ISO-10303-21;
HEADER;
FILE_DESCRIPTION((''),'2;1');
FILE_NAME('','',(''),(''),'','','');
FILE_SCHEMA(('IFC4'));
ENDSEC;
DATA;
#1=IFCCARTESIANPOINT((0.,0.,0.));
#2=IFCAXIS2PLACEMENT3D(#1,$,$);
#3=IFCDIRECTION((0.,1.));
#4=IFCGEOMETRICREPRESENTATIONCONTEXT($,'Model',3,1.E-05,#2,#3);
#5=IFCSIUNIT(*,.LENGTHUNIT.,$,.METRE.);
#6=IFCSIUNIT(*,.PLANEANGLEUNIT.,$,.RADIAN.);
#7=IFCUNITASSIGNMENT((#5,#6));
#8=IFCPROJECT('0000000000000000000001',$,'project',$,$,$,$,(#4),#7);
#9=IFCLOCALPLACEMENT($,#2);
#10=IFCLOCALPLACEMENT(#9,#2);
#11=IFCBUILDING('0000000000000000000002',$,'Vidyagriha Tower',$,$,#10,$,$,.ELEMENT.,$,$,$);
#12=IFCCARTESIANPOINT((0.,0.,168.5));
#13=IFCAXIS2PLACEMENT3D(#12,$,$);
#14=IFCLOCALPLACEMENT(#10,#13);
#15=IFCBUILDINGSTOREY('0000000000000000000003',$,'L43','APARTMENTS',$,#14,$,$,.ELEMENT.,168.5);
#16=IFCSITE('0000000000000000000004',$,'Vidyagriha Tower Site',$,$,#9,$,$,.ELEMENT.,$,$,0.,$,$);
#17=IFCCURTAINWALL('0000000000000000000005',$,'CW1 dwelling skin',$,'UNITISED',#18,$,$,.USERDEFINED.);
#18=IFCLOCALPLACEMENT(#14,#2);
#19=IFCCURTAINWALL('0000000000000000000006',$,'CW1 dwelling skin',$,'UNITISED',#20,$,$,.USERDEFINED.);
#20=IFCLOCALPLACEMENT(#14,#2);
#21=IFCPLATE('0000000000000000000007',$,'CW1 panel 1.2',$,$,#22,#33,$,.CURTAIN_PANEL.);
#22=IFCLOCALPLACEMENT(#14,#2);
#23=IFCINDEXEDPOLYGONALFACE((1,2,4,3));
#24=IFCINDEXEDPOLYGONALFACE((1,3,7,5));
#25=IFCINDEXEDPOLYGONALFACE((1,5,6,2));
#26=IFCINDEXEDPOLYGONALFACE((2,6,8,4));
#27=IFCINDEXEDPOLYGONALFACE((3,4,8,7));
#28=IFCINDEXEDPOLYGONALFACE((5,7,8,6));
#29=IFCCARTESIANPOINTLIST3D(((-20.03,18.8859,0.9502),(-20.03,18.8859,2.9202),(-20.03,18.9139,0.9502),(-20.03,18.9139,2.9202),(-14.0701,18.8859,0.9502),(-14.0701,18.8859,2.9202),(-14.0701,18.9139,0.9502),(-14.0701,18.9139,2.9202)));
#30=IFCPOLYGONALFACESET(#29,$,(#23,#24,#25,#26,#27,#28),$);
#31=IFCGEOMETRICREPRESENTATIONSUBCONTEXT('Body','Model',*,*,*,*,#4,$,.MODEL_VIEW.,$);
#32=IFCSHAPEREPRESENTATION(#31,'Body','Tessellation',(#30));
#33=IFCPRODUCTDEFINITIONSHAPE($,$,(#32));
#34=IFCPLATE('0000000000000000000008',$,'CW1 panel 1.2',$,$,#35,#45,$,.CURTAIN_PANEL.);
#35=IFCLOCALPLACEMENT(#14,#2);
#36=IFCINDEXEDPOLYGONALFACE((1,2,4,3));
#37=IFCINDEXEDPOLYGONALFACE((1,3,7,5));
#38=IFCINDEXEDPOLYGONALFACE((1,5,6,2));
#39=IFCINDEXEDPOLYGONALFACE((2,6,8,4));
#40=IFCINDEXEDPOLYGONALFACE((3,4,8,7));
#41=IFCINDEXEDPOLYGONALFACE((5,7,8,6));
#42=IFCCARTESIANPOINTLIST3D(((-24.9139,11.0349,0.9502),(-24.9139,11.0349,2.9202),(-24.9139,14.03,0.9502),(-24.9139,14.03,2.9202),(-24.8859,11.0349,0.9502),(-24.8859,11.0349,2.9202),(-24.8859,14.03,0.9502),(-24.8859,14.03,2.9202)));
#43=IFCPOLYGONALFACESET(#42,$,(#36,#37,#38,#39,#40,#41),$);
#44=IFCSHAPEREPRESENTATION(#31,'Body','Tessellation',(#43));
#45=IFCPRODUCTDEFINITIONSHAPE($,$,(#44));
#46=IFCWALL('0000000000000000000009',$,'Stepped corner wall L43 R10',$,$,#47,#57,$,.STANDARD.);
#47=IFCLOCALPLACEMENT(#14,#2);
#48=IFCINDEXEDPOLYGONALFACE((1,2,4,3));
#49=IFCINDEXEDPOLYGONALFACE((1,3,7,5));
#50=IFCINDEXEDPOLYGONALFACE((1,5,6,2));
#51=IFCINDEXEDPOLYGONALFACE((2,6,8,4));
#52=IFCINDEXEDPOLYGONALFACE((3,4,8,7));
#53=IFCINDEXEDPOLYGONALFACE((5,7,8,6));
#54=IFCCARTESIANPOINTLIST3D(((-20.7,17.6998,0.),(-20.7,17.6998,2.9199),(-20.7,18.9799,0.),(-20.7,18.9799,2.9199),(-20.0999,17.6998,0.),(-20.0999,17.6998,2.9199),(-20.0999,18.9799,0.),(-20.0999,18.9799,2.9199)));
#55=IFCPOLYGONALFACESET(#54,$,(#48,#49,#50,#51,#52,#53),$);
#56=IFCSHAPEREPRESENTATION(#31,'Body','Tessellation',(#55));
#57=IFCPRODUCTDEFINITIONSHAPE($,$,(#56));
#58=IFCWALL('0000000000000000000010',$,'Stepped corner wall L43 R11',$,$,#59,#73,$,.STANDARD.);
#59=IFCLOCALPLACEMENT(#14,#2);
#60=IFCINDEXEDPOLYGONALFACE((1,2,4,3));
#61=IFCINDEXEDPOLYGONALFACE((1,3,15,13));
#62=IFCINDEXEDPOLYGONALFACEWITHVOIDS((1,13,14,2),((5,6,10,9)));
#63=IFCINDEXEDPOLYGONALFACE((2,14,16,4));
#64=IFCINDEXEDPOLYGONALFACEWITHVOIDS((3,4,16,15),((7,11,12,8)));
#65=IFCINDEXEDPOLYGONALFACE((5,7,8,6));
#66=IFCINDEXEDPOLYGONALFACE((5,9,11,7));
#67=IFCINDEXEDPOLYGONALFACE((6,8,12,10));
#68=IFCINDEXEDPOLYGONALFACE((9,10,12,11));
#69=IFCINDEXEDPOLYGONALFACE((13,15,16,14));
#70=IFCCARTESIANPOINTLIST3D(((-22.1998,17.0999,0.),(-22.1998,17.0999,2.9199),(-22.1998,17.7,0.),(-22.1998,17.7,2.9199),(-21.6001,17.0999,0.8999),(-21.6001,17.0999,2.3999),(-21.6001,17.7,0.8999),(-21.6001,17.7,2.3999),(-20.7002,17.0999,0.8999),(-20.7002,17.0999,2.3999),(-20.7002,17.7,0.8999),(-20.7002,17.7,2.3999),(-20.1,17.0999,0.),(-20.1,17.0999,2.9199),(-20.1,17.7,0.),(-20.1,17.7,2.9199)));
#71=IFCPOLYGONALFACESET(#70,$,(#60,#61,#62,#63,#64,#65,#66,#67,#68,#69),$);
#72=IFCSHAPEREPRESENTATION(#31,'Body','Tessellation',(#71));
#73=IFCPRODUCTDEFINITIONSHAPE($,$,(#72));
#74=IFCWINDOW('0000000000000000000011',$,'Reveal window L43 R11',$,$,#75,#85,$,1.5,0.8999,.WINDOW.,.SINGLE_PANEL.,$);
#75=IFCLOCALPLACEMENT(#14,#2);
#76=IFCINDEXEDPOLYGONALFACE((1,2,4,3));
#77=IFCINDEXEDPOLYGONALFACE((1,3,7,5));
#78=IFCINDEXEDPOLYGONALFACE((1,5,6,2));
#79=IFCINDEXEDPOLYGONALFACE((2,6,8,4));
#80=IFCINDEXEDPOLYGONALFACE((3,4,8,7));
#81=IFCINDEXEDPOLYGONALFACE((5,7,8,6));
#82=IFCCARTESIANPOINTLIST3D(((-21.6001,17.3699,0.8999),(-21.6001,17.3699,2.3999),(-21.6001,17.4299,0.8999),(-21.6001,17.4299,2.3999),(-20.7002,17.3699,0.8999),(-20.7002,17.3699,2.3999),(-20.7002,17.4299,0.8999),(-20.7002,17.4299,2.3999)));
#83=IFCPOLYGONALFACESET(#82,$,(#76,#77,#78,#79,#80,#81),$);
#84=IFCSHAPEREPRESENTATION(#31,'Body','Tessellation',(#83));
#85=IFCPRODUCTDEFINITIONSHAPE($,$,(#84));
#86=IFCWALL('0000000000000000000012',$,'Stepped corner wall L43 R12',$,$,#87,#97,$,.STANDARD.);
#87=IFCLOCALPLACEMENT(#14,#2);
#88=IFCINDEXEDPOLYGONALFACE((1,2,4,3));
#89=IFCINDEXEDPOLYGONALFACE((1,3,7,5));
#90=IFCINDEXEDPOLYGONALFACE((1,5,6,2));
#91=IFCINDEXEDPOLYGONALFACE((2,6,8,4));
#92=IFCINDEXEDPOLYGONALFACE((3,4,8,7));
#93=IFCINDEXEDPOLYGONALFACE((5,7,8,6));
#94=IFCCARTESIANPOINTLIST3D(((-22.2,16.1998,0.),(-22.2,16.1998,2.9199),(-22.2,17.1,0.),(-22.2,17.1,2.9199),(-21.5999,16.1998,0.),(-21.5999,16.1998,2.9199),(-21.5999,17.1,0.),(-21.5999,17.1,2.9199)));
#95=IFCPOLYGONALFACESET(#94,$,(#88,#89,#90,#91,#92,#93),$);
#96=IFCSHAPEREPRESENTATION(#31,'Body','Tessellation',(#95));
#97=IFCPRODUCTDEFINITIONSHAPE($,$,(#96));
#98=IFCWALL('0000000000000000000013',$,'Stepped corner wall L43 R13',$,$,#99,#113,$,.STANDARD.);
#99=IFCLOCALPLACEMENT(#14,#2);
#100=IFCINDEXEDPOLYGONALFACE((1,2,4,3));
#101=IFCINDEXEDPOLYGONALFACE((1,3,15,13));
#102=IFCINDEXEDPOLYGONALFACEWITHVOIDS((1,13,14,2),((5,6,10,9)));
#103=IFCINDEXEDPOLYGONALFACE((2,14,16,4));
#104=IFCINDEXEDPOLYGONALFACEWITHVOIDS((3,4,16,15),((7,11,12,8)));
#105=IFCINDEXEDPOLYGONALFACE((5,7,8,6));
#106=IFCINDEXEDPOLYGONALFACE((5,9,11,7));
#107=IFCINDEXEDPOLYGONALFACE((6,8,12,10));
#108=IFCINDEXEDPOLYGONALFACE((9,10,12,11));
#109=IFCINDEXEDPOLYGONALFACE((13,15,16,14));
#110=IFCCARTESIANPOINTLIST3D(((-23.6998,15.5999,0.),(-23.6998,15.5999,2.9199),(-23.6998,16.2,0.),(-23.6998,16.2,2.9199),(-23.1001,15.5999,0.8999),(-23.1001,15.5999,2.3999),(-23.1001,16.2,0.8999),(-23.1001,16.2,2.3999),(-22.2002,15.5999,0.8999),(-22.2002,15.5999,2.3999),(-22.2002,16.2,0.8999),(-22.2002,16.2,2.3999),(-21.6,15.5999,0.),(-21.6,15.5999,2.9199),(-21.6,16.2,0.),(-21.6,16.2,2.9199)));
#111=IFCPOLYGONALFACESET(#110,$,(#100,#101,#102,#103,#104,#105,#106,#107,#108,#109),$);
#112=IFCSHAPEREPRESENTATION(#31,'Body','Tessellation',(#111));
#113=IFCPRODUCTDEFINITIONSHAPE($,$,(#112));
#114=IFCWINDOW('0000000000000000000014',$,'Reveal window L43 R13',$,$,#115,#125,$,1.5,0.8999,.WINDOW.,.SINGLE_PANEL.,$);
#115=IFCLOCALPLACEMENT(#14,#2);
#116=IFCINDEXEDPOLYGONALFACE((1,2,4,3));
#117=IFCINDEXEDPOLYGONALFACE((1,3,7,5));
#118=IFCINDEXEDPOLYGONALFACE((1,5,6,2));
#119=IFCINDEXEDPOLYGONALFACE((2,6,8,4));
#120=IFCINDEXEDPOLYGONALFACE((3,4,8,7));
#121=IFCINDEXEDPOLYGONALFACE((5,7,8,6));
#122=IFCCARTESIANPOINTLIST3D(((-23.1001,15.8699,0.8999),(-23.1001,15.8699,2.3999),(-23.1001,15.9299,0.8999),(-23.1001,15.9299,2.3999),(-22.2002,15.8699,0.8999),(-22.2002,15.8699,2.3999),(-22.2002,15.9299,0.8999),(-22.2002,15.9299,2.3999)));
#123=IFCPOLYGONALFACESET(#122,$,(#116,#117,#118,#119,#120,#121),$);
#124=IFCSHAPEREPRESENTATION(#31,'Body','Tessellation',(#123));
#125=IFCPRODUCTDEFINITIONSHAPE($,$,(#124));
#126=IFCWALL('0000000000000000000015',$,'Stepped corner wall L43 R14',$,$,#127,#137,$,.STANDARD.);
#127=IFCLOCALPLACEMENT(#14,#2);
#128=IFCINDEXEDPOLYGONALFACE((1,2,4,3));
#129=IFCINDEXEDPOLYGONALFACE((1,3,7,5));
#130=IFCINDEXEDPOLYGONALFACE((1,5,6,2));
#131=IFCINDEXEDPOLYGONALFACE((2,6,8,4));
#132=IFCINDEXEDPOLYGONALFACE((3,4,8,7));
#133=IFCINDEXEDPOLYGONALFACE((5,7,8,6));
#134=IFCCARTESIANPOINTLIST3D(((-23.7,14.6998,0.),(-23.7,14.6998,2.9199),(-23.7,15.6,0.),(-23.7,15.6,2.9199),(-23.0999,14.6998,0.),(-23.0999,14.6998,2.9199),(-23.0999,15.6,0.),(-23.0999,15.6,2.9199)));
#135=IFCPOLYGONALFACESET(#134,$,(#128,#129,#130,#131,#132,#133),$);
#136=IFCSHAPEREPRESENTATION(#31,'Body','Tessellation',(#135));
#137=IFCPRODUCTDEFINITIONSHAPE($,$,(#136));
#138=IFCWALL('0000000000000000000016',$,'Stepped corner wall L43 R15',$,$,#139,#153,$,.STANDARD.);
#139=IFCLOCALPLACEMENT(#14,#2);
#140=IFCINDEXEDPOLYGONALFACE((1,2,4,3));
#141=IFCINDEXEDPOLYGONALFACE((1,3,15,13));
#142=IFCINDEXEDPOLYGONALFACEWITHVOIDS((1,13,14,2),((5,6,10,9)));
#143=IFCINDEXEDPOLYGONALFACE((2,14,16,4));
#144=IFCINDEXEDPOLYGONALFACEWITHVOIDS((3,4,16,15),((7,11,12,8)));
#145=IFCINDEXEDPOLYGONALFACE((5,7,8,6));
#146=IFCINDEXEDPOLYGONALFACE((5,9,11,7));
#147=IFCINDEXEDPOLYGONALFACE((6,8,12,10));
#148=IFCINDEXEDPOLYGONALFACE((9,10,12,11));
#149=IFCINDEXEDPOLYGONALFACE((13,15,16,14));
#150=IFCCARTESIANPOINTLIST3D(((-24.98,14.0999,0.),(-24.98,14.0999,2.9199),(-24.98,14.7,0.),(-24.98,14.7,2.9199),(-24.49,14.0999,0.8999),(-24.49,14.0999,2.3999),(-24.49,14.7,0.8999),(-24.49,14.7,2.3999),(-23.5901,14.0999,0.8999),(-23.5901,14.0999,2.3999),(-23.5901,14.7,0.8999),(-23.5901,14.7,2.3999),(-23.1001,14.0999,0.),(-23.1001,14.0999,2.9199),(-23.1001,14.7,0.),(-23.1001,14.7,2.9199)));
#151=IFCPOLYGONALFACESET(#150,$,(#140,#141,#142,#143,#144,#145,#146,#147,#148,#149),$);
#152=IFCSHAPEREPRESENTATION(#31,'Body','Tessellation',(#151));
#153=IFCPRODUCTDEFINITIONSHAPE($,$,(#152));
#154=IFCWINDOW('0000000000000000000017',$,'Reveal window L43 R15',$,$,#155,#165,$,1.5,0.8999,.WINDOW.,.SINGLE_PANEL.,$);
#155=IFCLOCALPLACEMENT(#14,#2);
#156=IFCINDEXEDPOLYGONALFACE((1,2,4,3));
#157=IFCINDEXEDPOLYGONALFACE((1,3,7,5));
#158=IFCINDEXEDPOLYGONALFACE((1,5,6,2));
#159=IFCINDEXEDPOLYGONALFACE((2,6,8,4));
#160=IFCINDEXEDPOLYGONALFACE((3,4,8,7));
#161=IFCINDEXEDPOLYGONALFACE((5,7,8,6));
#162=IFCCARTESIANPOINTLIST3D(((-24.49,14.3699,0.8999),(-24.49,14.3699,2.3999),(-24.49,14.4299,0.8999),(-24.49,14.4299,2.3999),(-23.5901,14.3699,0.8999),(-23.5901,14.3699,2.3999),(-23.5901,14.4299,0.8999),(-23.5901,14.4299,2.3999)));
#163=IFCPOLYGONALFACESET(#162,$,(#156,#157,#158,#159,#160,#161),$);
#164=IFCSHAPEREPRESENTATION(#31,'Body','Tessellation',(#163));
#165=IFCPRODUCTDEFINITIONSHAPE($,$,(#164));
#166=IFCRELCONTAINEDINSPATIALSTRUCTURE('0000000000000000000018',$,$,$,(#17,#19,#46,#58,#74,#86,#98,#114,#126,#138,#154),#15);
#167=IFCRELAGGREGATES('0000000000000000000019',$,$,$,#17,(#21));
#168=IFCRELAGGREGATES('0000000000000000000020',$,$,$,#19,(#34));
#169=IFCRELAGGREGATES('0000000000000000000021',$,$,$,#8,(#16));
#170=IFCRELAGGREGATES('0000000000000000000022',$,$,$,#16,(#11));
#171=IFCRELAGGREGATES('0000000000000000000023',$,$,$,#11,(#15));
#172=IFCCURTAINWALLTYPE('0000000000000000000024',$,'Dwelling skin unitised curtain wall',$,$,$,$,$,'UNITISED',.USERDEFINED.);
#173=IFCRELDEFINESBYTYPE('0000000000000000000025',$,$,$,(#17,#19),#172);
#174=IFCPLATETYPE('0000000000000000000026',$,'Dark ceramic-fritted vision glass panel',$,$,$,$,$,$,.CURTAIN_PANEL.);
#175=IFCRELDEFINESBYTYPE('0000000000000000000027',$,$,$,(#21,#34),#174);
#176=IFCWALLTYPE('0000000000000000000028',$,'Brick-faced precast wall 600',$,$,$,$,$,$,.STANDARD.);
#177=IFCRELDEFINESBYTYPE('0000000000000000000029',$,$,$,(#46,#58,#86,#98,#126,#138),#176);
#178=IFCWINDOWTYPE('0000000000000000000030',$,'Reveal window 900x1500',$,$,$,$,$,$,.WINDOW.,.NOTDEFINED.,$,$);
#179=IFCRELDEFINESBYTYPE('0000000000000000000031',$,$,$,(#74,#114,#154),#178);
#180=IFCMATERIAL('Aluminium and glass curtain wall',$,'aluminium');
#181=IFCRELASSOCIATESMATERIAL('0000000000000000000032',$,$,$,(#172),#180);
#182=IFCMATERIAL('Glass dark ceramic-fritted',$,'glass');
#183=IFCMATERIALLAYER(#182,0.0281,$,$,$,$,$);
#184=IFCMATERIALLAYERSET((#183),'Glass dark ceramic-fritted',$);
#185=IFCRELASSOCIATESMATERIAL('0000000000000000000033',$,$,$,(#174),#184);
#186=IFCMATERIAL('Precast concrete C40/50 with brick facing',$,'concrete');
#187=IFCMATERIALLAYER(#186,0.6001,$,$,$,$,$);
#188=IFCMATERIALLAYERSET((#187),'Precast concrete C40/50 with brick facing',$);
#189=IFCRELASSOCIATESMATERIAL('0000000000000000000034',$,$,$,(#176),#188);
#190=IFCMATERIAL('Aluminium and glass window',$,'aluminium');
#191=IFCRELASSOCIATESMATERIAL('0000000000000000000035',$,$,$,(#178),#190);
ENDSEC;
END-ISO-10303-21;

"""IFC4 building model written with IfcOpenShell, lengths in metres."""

from ifc_helpers import new_model, si_unit, direction, frame, frame_2d, origin, origin_2d, place, context, subcontext, project, spatial, rectangle, extrude, material, layer, layer_set, type_object, element, fill, aggregate, save


model = new_model("IFC4")

# Units and contexts
model_context = context("Model", 3, precision=1e-05, world=origin(), true_north=direction((0.0, 1.0)))
body_context = subcontext(model_context, "Body", "Model", "MODEL_VIEW")
ifc_project = project(units=[si_unit("LENGTHUNIT", "METRE"), si_unit("PLANEANGLEUNIT", "RADIAN")], contexts=[model_context])

# Site, building, storey
site_placement = place(None, origin())
site = spatial("IfcSite", under=ifc_project, at=site_placement, Name="Vidyagriha Tower Site", CompositionType="ELEMENT", RefElevation=0.0)
building_placement = place(site_placement, origin())
building = spatial("IfcBuilding", under=site, at=building_placement, Name="Vidyagriha Tower", CompositionType="ELEMENT")
storey_placement = place(building_placement, frame((0.0, 0.0, 168.5)))
storey = spatial("IfcBuildingStorey", under=building, at=storey_placement, Name="L43", Description="APARTMENTS", CompositionType="ELEMENT", Elevation=168.5)

# Curtain wall
ifc_material_1 = material(Name="Aluminium and glass curtain wall", Category="aluminium")
curtain_wall_type = type_object("IfcCurtainWallType", Name="Dwelling skin unitised curtain wall", ElementType="UNITISED", PredefinedType="USERDEFINED", material=ifc_material_1)
curtain_wall_1_placement = place(storey_placement, origin())
curtain_wall_1 = element("IfcCurtainWall", 1, at=curtain_wall_1_placement, inside=storey, type_object=curtain_wall_type, Name="CW1 dwelling skin", ObjectType="UNITISED", PredefinedType="USERDEFINED")

# Curtain wall
curtain_wall_2_placement = place(storey_placement, origin())
curtain_wall_2 = element("IfcCurtainWall", 2, at=curtain_wall_2_placement, inside=storey, type_object=curtain_wall_type, Name="CW1 dwelling skin", ObjectType="UNITISED", PredefinedType="USERDEFINED")

# Plates
ifc_material_2 = material(Name="Glass dark ceramic-fritted", Category="glass")
ifc_layer_1 = layer(ifc_material_2, 0.0281)
ifc_layer_set_1 = layer_set([ifc_layer_1], Name="Glass dark ceramic-fritted")
plate_type_1 = type_object("IfcPlateType", Name="Dark ceramic-fritted vision glass panel", PredefinedType="CURTAIN_PANEL", material=ifc_layer_set_1)
plate_1_placement = place(storey_placement, frame((-17.05, 18.8999, 0.9502), z_axis=(0.0, 0.0, 1.0), x_axis=(-1.0, 0.0, 0.0)))
plate_1 = element("IfcPlate", 3, at=plate_1_placement, type_object=plate_type_1, Name="CW1 panel 1.2", PredefinedType="CURTAIN_PANEL", context=body_context, shape_type="SweptSolid", body=[
    extrude(rectangle(XDim=5.96, YDim=0.0281, at=origin_2d()), origin(), (0.0, 0.0, 1.0), 1.97),
])
aggregate(curtain_wall_1, [plate_1])
plate_2_placement = place(storey_placement, frame((-24.8999, 12.5325, 0.9502), z_axis=(0.0, 0.0, 1.0), x_axis=(0.0, -1.0, 0.0)))
plate_2 = element("IfcPlate", 4, at=plate_2_placement, type_object=plate_type_1, Name="CW1 panel 1.2", PredefinedType="CURTAIN_PANEL", context=body_context, shape_type="SweptSolid", body=[
    extrude(rectangle(XDim=2.9951, YDim=0.0281, at=origin_2d()), origin(), (0.0, 0.0, 1.0), 1.97),
])
aggregate(curtain_wall_2, [plate_2])

# Wall
ifc_material_3 = material(Name="Precast concrete C40/50 with brick facing", Category="concrete")
ifc_layer_2 = layer(ifc_material_3, 0.6001)
ifc_layer_set_2 = layer_set([ifc_layer_2], Name="Precast concrete C40/50 with brick facing")
wall_type_1 = type_object("IfcWallType", Name="Brick-faced precast wall 600", PredefinedType="STANDARD", material=ifc_layer_set_2)
wall_1_placement = place(storey_placement, frame((-20.3999, 18.98, 0.0), z_axis=(0.0, 0.0, 1.0), x_axis=(0.0, -1.0, 0.0)))
element("IfcWall", 5, at=wall_1_placement, inside=storey, type_object=wall_type_1, Name="Stepped corner wall L43 R10", PredefinedType="STANDARD", context=body_context, shape_type="SweptSolid", body=[
    extrude(rectangle(XDim=1.28, YDim=0.6001, at=frame_2d((0.6401, 0.0))), origin(), (0.0, 0.0, 1.0), 2.9199),
])

# Wall, opening, window
wall_2_placement = place(storey_placement, frame((-20.1001, 17.3999, 0.0), z_axis=(0.0, 0.0, 1.0), x_axis=(-1.0, 0.0, 0.0)))
wall_2 = element("IfcWall", 6, at=wall_2_placement, inside=storey, type_object=wall_type_1, Name="Stepped corner wall L43 R11", PredefinedType="STANDARD", context=body_context, shape_type="SweptSolid", body=[
    extrude(rectangle(XDim=2.0999, YDim=0.6001, at=frame_2d((1.0498, 0.0))), origin(), (0.0, 0.0, 1.0), 2.9199),
])
opening_1_placement = place(wall_2_placement, frame((0.6001, 0.0, 0.8999)))
opening_1 = element("IfcOpeningElement", 7, at=opening_1_placement, cuts=wall_2, PredefinedType="OPENING", context=body_context, shape_type="SweptSolid", body=[
    extrude(rectangle(XDim=0.8999, YDim=1.5, at=frame_2d((0.45, 0.75))), frame((0.0, 0.3101, 0.0), z_axis=(0.0, -1.0, 0.0), x_axis=(1.0, 0.0, 0.0)), (0.0, 0.0, 1.0), 0.6201),
])
ifc_material_4 = material(Name="Aluminium and glass window", Category="aluminium")
window_type = type_object("IfcWindowType", Name="Reveal window 900x1500", PartitioningType="NOTDEFINED", PredefinedType="WINDOW", material=ifc_material_4)
window_1_placement = place(opening_1_placement, origin())
window_1 = element("IfcWindow", 8, at=window_1_placement, inside=storey, type_object=window_type, Name="Reveal window L43 R11", OverallHeight=1.5, OverallWidth=0.8999, PartitioningType="SINGLE_PANEL", PredefinedType="WINDOW", context=body_context, shape_type="SweptSolid", body=[
    extrude(rectangle(XDim=0.8999, YDim=1.5, at=frame_2d((0.45, 0.75))), frame((0.0, 0.03, 0.0), z_axis=(0.0, -1.0, 0.0), x_axis=(1.0, 0.0, 0.0)), (0.0, 0.0, 1.0), 0.0601),
])
fill(opening_1, window_1)

# Wall
wall_3_placement = place(storey_placement, frame((-21.8999, 17.1001, 0.0), z_axis=(0.0, 0.0, 1.0), x_axis=(0.0, -1.0, 0.0)))
element("IfcWall", 9, at=wall_3_placement, inside=storey, type_object=wall_type_1, Name="Stepped corner wall L43 R12", PredefinedType="STANDARD", context=body_context, shape_type="SweptSolid", body=[
    extrude(rectangle(XDim=0.9001, YDim=0.6001, at=frame_2d((0.4502, 0.0))), origin(), (0.0, 0.0, 1.0), 2.9199),
])

# Wall, opening, window
wall_4_placement = place(storey_placement, frame((-21.6001, 15.8999, 0.0), z_axis=(0.0, 0.0, 1.0), x_axis=(-1.0, 0.0, 0.0)))
wall_4 = element("IfcWall", 10, at=wall_4_placement, inside=storey, type_object=wall_type_1, Name="Stepped corner wall L43 R13", PredefinedType="STANDARD", context=body_context, shape_type="SweptSolid", body=[
    extrude(rectangle(XDim=2.0999, YDim=0.6001, at=frame_2d((1.0498, 0.0))), origin(), (0.0, 0.0, 1.0), 2.9199),
])
opening_2_placement = place(wall_4_placement, frame((0.6001, 0.0, 0.8999)))
opening_2 = element("IfcOpeningElement", 11, at=opening_2_placement, cuts=wall_4, PredefinedType="OPENING", context=body_context, shape_type="SweptSolid", body=[
    extrude(rectangle(XDim=0.8999, YDim=1.5, at=frame_2d((0.45, 0.75))), frame((0.0, 0.3101, 0.0), z_axis=(0.0, -1.0, 0.0), x_axis=(1.0, 0.0, 0.0)), (0.0, 0.0, 1.0), 0.6201),
])
window_2_placement = place(opening_2_placement, origin())
window_2 = element("IfcWindow", 12, at=window_2_placement, inside=storey, type_object=window_type, Name="Reveal window L43 R13", OverallHeight=1.5, OverallWidth=0.8999, PartitioningType="SINGLE_PANEL", PredefinedType="WINDOW", context=body_context, shape_type="SweptSolid", body=[
    extrude(rectangle(XDim=0.8999, YDim=1.5, at=frame_2d((0.45, 0.75))), frame((0.0, 0.03, 0.0), z_axis=(0.0, -1.0, 0.0), x_axis=(1.0, 0.0, 0.0)), (0.0, 0.0, 1.0), 0.0601),
])
fill(opening_2, window_2)

# Wall
wall_5_placement = place(storey_placement, frame((-23.3999, 15.6001, 0.0), z_axis=(0.0, 0.0, 1.0), x_axis=(0.0, -1.0, 0.0)))
element("IfcWall", 13, at=wall_5_placement, inside=storey, type_object=wall_type_1, Name="Stepped corner wall L43 R14", PredefinedType="STANDARD", context=body_context, shape_type="SweptSolid", body=[
    extrude(rectangle(XDim=0.9001, YDim=0.6001, at=frame_2d((0.4502, 0.0))), origin(), (0.0, 0.0, 1.0), 2.9199),
])

# Wall, opening, window
wall_6_placement = place(storey_placement, frame((-23.1001, 14.3999, 0.0), z_axis=(0.0, 0.0, 1.0), x_axis=(-1.0, 0.0, 0.0)))
wall_6 = element("IfcWall", 14, at=wall_6_placement, inside=storey, type_object=wall_type_1, Name="Stepped corner wall L43 R15", PredefinedType="STANDARD", context=body_context, shape_type="SweptSolid", body=[
    extrude(rectangle(XDim=1.8799, YDim=0.6001, at=frame_2d((0.9399, 0.0))), origin(), (0.0, 0.0, 1.0), 2.9199),
])
opening_3_placement = place(wall_6_placement, frame((0.49, 0.0, 0.8999)))
opening_3 = element("IfcOpeningElement", 15, at=opening_3_placement, cuts=wall_6, PredefinedType="OPENING", context=body_context, shape_type="SweptSolid", body=[
    extrude(rectangle(XDim=0.8999, YDim=1.5, at=frame_2d((0.45, 0.75))), frame((0.0, 0.3101, 0.0), z_axis=(0.0, -1.0, 0.0), x_axis=(1.0, 0.0, 0.0)), (0.0, 0.0, 1.0), 0.6201),
])
window_3_placement = place(opening_3_placement, origin())
window_3 = element("IfcWindow", 16, at=window_3_placement, inside=storey, type_object=window_type, Name="Reveal window L43 R15", OverallHeight=1.5, OverallWidth=0.8999, PartitioningType="SINGLE_PANEL", PredefinedType="WINDOW", context=body_context, shape_type="SweptSolid", body=[
    extrude(rectangle(XDim=0.8999, YDim=1.5, at=frame_2d((0.45, 0.75))), frame((0.0, 0.03, 0.0), z_axis=(0.0, -1.0, 0.0), x_axis=(1.0, 0.0, 0.0)), (0.0, 0.0, 1.0), 0.0601),
])
fill(opening_3, window_3)

save(model, "model.ifc")
